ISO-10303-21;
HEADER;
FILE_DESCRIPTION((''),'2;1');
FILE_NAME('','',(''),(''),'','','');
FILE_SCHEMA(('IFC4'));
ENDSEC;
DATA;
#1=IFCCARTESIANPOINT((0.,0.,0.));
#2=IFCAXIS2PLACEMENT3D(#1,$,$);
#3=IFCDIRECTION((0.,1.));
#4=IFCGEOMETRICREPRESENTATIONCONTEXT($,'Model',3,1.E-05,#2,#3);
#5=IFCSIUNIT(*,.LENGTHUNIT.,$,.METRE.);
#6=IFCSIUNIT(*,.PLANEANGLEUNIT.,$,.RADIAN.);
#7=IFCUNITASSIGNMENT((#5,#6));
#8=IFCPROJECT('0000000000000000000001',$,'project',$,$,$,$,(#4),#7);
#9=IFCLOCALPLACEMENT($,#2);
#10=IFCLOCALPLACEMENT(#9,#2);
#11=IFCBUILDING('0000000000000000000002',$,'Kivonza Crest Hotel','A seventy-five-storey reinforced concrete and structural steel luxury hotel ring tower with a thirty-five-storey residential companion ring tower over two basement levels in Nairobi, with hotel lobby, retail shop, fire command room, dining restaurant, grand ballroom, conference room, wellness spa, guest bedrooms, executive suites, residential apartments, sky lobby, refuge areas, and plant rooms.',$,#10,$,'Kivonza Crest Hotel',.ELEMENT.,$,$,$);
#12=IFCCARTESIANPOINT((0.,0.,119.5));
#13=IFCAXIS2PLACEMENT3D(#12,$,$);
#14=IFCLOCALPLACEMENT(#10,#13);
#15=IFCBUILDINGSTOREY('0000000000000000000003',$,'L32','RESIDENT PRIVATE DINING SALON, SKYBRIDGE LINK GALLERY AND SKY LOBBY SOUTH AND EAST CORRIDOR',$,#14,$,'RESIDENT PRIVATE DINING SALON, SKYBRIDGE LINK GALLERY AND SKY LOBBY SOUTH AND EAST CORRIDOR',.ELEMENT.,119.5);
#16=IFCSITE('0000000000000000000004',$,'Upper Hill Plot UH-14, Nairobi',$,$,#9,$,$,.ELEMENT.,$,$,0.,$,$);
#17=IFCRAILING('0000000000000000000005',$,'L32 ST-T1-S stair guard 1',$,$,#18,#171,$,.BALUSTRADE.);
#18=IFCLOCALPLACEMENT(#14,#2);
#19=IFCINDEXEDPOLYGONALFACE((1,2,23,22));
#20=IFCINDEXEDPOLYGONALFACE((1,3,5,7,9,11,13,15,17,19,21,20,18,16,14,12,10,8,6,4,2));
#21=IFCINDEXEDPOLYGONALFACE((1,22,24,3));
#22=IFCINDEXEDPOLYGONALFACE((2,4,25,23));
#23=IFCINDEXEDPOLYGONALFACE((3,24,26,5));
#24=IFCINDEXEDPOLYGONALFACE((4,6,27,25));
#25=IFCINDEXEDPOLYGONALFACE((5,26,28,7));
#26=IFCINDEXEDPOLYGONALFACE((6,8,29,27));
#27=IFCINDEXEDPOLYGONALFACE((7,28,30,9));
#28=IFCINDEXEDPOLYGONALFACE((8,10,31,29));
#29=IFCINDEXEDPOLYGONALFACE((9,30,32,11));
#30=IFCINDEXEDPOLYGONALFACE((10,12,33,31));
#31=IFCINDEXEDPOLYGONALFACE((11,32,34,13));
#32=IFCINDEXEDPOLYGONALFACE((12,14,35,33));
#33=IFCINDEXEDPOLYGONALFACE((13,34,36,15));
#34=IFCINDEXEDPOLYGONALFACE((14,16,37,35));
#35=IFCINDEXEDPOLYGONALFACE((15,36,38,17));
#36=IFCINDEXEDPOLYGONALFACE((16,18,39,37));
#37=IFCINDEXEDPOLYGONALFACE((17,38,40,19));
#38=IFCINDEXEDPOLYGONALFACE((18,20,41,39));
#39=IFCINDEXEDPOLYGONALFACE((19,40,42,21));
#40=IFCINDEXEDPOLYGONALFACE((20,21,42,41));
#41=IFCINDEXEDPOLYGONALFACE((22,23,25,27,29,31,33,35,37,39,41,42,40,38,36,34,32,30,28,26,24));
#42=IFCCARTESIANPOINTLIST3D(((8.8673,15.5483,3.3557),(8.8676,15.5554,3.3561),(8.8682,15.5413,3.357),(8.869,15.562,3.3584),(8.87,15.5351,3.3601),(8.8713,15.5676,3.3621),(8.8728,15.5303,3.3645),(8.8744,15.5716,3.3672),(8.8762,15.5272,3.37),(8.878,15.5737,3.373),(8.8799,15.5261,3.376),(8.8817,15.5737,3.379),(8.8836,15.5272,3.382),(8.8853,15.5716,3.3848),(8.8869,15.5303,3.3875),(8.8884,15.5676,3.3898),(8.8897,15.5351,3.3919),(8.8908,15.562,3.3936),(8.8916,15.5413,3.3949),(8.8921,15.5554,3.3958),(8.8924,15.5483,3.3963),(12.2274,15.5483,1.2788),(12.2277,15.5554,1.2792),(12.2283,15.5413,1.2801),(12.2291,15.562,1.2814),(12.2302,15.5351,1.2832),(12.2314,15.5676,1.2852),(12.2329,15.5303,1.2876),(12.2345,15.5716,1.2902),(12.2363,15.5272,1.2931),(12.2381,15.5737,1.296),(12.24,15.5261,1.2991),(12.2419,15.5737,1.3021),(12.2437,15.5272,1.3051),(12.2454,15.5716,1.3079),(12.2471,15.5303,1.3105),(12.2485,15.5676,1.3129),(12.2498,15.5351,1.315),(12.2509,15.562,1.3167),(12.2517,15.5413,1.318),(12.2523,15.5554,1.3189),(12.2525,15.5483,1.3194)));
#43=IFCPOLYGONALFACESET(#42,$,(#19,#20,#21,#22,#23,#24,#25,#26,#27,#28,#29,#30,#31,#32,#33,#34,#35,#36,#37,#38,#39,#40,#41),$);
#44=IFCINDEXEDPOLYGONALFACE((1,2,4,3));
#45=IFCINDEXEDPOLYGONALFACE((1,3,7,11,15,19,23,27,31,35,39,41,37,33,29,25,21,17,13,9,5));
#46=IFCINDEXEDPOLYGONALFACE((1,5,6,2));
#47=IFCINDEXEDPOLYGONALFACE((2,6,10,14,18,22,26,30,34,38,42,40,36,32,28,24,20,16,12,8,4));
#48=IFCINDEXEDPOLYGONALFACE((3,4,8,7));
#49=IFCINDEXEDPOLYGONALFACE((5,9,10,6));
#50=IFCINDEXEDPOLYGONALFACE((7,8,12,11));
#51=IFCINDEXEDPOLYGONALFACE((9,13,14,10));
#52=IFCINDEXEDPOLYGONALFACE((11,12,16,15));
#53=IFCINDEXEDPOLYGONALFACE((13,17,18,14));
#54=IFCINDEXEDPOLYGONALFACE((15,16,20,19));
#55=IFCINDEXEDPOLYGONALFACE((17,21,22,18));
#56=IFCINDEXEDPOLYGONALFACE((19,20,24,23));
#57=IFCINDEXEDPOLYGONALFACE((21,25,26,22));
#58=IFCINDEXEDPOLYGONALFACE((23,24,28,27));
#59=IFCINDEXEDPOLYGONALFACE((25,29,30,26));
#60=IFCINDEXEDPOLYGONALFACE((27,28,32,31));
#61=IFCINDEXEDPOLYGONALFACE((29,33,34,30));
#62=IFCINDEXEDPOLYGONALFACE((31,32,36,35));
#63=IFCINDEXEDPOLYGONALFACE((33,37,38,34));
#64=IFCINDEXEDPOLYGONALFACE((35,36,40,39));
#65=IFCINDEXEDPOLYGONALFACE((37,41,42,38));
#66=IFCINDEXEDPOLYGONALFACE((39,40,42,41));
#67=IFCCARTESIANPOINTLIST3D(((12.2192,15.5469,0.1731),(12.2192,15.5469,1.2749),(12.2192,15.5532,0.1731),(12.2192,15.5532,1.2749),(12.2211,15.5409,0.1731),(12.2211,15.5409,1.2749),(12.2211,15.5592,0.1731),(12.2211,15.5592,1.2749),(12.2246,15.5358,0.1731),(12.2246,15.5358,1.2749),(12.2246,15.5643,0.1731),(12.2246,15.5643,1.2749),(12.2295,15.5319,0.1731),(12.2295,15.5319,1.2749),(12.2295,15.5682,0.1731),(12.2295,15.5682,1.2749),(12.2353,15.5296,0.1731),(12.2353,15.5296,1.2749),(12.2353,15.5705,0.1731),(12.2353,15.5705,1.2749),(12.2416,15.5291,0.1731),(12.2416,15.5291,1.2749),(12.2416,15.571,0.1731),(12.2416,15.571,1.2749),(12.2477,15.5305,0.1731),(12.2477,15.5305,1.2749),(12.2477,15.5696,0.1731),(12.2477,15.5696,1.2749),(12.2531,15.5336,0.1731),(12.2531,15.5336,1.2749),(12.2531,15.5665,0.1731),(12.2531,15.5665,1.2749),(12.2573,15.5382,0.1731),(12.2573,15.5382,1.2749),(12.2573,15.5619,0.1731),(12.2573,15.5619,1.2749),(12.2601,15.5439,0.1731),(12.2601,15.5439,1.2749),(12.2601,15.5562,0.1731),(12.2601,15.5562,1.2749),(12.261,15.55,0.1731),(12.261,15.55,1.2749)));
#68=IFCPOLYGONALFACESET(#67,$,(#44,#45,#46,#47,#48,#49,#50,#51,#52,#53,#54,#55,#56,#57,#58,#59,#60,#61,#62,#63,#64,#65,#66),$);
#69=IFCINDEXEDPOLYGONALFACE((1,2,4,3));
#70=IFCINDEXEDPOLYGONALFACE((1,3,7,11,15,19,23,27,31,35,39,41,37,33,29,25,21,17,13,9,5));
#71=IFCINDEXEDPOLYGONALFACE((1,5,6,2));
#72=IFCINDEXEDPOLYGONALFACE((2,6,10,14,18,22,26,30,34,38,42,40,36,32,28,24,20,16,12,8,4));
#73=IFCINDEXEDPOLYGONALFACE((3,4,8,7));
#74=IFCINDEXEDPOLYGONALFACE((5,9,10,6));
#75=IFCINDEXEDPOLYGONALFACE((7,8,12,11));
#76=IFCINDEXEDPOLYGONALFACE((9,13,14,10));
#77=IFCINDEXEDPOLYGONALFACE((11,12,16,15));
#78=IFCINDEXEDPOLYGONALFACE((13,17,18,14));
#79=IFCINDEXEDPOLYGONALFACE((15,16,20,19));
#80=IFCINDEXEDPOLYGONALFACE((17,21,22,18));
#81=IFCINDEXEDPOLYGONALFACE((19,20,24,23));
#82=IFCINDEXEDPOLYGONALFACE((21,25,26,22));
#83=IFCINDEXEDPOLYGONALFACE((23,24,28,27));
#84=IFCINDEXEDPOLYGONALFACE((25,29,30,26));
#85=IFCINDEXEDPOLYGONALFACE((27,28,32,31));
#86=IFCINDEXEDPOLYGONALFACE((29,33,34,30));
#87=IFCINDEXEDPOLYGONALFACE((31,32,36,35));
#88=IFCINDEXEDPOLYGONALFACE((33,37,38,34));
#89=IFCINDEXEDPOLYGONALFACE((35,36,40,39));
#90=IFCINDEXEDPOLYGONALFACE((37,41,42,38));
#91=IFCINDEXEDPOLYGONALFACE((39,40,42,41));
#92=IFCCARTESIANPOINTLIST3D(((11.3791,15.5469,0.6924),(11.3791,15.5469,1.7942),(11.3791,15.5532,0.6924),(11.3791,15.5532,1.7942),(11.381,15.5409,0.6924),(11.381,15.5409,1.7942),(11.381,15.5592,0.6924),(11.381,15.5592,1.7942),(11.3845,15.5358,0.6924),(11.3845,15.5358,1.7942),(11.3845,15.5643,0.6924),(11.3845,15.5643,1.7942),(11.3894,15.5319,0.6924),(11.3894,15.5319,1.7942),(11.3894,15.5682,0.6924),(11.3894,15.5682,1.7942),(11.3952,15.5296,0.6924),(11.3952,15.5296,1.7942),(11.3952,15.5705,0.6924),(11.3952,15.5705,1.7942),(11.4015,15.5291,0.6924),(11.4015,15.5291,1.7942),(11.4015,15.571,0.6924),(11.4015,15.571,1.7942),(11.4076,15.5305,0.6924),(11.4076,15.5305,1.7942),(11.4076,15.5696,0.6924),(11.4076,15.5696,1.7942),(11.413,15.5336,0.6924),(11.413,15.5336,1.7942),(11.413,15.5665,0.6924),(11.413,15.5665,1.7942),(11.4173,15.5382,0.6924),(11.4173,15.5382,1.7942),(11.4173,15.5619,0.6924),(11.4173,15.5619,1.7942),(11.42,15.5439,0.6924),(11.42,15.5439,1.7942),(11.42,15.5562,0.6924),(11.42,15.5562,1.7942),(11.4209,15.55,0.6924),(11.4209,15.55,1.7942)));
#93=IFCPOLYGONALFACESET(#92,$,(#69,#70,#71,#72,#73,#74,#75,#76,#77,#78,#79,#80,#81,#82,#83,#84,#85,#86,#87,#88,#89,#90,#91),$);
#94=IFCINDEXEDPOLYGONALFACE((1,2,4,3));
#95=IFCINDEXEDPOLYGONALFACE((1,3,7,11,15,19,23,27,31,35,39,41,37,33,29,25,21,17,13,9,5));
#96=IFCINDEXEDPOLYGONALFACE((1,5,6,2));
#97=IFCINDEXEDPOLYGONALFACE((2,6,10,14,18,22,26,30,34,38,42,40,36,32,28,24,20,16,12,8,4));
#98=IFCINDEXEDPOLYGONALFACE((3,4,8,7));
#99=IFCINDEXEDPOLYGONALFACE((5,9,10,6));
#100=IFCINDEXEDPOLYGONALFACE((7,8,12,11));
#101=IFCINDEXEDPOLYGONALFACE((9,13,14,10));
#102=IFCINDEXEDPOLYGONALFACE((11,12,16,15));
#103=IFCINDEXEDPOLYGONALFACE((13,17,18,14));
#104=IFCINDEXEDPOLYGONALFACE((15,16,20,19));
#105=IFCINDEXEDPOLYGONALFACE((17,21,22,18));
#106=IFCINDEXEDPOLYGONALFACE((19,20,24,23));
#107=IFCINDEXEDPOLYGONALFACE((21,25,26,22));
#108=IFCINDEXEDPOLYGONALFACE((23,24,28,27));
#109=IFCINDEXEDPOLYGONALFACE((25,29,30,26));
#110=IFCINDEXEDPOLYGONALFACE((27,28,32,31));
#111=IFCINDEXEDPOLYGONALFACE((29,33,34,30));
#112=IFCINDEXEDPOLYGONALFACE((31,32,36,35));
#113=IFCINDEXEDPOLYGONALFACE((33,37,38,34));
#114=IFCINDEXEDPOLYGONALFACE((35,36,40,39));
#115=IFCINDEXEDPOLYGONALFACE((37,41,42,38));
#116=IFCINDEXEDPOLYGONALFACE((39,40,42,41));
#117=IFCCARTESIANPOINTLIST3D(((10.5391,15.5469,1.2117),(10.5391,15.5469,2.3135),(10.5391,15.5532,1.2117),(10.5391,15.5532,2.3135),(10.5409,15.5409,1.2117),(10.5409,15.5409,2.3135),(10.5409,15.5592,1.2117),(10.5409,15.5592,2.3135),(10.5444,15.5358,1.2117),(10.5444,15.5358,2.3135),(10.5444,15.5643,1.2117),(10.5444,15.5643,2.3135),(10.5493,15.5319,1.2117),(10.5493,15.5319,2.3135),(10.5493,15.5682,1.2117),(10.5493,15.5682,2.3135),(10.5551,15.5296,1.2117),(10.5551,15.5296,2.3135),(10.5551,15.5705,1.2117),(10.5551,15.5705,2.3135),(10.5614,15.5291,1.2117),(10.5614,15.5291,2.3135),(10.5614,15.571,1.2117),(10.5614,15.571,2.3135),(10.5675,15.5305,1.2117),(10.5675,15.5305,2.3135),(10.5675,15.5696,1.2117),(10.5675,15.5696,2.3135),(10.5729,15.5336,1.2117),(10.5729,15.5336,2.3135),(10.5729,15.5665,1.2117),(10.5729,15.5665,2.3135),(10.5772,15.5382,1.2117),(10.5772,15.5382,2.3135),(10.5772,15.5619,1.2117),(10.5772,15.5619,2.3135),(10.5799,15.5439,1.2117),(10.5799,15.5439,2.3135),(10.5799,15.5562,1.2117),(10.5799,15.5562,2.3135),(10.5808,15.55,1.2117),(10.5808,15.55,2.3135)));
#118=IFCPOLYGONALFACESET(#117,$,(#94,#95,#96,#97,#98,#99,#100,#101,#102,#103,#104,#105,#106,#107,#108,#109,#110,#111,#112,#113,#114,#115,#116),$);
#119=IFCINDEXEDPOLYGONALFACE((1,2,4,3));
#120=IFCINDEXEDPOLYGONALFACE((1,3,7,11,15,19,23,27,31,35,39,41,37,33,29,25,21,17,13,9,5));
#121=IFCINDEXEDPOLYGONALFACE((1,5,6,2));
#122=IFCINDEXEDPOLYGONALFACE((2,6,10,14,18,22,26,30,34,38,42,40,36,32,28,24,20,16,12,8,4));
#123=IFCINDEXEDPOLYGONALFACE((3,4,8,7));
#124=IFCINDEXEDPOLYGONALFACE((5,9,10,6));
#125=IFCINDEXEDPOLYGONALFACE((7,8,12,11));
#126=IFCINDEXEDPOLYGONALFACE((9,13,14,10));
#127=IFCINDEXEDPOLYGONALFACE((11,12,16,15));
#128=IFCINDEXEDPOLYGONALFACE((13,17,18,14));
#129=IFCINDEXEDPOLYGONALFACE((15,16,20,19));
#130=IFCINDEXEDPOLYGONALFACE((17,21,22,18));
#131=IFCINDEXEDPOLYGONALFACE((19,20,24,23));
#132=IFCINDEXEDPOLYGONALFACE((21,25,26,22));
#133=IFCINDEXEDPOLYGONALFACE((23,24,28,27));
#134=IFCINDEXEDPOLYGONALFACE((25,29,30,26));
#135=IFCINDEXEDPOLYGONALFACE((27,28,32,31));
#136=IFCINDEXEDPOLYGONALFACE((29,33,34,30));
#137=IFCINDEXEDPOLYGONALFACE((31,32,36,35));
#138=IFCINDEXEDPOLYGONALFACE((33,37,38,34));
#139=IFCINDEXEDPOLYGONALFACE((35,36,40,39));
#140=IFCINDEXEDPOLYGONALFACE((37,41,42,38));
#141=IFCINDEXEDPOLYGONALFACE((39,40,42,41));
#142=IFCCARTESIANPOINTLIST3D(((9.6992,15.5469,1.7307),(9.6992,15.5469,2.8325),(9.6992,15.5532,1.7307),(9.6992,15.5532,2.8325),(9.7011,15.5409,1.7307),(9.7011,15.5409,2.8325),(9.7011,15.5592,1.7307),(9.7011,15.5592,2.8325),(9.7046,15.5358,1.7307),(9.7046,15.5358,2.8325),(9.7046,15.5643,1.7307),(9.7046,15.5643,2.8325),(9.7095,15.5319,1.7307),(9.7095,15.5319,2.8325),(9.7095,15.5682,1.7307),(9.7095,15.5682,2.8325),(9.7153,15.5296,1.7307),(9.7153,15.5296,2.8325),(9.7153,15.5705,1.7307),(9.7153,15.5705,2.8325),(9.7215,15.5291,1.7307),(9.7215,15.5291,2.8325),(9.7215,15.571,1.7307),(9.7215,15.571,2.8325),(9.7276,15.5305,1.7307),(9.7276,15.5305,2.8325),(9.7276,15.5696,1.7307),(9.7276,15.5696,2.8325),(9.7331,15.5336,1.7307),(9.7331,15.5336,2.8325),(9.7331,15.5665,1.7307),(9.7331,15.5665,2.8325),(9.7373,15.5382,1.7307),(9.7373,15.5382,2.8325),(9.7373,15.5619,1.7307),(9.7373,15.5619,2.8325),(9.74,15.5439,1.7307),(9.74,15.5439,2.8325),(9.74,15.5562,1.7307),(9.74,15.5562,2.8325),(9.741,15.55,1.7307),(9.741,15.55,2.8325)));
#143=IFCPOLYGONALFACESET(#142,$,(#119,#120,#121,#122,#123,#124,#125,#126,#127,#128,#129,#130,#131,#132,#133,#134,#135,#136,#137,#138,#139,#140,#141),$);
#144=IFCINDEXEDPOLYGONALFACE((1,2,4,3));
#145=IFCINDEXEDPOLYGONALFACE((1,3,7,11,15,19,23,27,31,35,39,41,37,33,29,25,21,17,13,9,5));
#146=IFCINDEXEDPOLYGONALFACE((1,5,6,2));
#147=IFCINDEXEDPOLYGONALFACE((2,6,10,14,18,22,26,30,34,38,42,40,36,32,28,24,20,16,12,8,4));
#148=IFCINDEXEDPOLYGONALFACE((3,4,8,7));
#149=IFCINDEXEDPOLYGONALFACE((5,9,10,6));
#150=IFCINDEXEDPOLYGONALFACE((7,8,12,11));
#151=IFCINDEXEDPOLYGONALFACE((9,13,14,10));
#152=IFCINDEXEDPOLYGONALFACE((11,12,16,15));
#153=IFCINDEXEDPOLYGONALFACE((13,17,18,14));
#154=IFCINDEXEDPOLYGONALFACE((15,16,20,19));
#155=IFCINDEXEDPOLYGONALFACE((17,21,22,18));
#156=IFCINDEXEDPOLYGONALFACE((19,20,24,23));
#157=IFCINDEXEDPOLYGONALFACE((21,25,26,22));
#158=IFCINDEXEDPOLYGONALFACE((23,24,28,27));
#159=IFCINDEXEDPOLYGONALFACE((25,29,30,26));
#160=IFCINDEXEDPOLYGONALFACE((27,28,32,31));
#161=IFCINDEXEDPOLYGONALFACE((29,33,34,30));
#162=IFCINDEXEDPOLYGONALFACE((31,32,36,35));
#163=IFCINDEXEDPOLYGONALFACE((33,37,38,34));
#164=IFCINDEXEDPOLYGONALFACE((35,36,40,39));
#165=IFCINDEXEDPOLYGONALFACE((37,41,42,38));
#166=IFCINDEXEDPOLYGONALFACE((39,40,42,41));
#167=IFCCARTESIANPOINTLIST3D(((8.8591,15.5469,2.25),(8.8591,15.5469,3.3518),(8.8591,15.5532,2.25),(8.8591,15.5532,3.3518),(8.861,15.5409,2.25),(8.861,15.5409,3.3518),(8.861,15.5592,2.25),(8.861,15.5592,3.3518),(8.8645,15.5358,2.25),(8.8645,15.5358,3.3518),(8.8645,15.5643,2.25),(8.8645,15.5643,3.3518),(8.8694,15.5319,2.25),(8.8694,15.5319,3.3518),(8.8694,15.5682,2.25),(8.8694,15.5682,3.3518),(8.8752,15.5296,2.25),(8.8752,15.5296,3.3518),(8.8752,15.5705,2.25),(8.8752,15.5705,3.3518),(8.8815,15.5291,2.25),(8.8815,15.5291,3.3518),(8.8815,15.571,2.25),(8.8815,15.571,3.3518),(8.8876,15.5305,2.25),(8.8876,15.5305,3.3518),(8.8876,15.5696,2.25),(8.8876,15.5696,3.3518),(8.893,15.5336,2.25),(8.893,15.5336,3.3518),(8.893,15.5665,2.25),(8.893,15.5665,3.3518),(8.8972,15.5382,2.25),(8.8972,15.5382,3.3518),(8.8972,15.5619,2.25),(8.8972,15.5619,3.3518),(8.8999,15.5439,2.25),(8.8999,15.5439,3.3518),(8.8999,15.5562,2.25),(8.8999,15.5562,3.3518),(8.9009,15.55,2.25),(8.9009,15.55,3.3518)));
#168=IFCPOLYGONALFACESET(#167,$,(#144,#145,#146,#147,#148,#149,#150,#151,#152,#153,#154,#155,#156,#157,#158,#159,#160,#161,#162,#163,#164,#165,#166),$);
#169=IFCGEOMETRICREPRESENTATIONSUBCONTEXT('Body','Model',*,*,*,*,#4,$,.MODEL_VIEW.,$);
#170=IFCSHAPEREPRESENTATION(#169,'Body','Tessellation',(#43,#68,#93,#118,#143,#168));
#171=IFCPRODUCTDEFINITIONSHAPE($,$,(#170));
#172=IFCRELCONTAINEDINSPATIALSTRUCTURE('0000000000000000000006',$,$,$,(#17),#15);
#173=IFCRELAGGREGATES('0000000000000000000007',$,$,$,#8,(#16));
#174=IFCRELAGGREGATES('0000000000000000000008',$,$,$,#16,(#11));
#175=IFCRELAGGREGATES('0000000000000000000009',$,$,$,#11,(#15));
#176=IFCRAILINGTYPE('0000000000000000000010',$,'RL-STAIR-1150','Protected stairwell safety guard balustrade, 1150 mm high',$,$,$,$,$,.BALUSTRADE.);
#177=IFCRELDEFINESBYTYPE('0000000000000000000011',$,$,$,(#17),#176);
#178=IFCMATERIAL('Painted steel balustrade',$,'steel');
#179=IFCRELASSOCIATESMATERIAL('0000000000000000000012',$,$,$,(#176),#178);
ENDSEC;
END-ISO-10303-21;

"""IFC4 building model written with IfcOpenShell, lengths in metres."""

from ifc_helpers import new_model, si_unit, direction, frame, origin, origin_2d, place, context, subcontext, project, spatial, circle, extrude, material, type_object, element, save


model = new_model("IFC4")

# Units and contexts
model_context = context("Model", 3, precision=1e-05, world=origin(), true_north=direction((0.0, 1.0)))
body_context = subcontext(model_context, "Body", "Model", "MODEL_VIEW")
ifc_project = project(units=[si_unit("LENGTHUNIT", "METRE"), si_unit("PLANEANGLEUNIT", "RADIAN")], contexts=[model_context])

# Site, building, storey
site_placement = place(None, origin())
site = spatial("IfcSite", under=ifc_project, at=site_placement, Name="Upper Hill Plot UH-14, Nairobi", CompositionType="ELEMENT", RefElevation=0.0)
building_placement = place(site_placement, origin())
building = spatial("IfcBuilding", under=site, at=building_placement, Name="Kivonza Crest Hotel", Description="A seventy-five-storey reinforced concrete and structural steel luxury hotel ring tower with a thirty-five-storey residential companion ring tower over two basement levels in Nairobi, with hotel lobby, retail shop, fire command room, dining restaurant, grand ballroom, conference room, wellness spa, guest bedrooms, executive suites, residential apartments, sky lobby, refuge areas, and plant rooms.", LongName="Kivonza Crest Hotel", CompositionType="ELEMENT")
storey_placement = place(building_placement, frame((0.0, 0.0, 119.5)))
storey = spatial("IfcBuildingStorey", under=building, at=storey_placement, Name="L32", Description="RESIDENT PRIVATE DINING SALON, SKYBRIDGE LINK GALLERY AND SKY LOBBY SOUTH AND EAST CORRIDOR", LongName="RESIDENT PRIVATE DINING SALON, SKYBRIDGE LINK GALLERY AND SKY LOBBY SOUTH AND EAST CORRIDOR", CompositionType="ELEMENT", Elevation=119.5)

# Railing
ifc_material_1 = material(Name="Painted steel balustrade", Category="steel")
railing_type_1 = type_object("IfcRailingType", Name="RL-STAIR-1150", Description="Protected stairwell safety guard balustrade, 1150 mm high", PredefinedType="BALUSTRADE", material=ifc_material_1)
railing_1_placement = place(storey_placement, frame((12.24, 15.55, 0.1731)))
element("IfcRailing", 1, at=railing_1_placement, inside=storey, type_object=railing_type_1, Name="L32 ST-T1-S stair guard 1", PredefinedType="BALUSTRADE", context=body_context, shape_type="SweptSolid", body=[
    extrude(circle(Radius=0.0239, at=origin_2d()), frame((0.0, 0.0, 1.126), z_axis=(-0.850623, 0.0, 0.525776), x_axis=(0.0, -1.0, 0.0)), (0.0, 0.0, 1.0), 3.9502),
    extrude(circle(Radius=0.021, at=origin_2d()), origin(), (0.0, 0.0, 1.0), 1.1018),
    extrude(circle(Radius=0.021, at=origin_2d()), frame((-0.8401, 0.0, 0.5193)), (0.0, 0.0, 1.0), 1.1018),
    extrude(circle(Radius=0.021, at=origin_2d()), frame((-1.6802, 0.0, 1.0386)), (0.0, 0.0, 1.0), 1.1018),
    extrude(circle(Radius=0.021, at=origin_2d()), frame((-2.52, 0.0, 1.5576)), (0.0, 0.0, 1.0), 1.1018),
    extrude(circle(Radius=0.021, at=origin_2d()), frame((-3.3601, 0.0, 2.0769)), (0.0, 0.0, 1.0), 1.1018),
])

save(model, "model.ifc")
